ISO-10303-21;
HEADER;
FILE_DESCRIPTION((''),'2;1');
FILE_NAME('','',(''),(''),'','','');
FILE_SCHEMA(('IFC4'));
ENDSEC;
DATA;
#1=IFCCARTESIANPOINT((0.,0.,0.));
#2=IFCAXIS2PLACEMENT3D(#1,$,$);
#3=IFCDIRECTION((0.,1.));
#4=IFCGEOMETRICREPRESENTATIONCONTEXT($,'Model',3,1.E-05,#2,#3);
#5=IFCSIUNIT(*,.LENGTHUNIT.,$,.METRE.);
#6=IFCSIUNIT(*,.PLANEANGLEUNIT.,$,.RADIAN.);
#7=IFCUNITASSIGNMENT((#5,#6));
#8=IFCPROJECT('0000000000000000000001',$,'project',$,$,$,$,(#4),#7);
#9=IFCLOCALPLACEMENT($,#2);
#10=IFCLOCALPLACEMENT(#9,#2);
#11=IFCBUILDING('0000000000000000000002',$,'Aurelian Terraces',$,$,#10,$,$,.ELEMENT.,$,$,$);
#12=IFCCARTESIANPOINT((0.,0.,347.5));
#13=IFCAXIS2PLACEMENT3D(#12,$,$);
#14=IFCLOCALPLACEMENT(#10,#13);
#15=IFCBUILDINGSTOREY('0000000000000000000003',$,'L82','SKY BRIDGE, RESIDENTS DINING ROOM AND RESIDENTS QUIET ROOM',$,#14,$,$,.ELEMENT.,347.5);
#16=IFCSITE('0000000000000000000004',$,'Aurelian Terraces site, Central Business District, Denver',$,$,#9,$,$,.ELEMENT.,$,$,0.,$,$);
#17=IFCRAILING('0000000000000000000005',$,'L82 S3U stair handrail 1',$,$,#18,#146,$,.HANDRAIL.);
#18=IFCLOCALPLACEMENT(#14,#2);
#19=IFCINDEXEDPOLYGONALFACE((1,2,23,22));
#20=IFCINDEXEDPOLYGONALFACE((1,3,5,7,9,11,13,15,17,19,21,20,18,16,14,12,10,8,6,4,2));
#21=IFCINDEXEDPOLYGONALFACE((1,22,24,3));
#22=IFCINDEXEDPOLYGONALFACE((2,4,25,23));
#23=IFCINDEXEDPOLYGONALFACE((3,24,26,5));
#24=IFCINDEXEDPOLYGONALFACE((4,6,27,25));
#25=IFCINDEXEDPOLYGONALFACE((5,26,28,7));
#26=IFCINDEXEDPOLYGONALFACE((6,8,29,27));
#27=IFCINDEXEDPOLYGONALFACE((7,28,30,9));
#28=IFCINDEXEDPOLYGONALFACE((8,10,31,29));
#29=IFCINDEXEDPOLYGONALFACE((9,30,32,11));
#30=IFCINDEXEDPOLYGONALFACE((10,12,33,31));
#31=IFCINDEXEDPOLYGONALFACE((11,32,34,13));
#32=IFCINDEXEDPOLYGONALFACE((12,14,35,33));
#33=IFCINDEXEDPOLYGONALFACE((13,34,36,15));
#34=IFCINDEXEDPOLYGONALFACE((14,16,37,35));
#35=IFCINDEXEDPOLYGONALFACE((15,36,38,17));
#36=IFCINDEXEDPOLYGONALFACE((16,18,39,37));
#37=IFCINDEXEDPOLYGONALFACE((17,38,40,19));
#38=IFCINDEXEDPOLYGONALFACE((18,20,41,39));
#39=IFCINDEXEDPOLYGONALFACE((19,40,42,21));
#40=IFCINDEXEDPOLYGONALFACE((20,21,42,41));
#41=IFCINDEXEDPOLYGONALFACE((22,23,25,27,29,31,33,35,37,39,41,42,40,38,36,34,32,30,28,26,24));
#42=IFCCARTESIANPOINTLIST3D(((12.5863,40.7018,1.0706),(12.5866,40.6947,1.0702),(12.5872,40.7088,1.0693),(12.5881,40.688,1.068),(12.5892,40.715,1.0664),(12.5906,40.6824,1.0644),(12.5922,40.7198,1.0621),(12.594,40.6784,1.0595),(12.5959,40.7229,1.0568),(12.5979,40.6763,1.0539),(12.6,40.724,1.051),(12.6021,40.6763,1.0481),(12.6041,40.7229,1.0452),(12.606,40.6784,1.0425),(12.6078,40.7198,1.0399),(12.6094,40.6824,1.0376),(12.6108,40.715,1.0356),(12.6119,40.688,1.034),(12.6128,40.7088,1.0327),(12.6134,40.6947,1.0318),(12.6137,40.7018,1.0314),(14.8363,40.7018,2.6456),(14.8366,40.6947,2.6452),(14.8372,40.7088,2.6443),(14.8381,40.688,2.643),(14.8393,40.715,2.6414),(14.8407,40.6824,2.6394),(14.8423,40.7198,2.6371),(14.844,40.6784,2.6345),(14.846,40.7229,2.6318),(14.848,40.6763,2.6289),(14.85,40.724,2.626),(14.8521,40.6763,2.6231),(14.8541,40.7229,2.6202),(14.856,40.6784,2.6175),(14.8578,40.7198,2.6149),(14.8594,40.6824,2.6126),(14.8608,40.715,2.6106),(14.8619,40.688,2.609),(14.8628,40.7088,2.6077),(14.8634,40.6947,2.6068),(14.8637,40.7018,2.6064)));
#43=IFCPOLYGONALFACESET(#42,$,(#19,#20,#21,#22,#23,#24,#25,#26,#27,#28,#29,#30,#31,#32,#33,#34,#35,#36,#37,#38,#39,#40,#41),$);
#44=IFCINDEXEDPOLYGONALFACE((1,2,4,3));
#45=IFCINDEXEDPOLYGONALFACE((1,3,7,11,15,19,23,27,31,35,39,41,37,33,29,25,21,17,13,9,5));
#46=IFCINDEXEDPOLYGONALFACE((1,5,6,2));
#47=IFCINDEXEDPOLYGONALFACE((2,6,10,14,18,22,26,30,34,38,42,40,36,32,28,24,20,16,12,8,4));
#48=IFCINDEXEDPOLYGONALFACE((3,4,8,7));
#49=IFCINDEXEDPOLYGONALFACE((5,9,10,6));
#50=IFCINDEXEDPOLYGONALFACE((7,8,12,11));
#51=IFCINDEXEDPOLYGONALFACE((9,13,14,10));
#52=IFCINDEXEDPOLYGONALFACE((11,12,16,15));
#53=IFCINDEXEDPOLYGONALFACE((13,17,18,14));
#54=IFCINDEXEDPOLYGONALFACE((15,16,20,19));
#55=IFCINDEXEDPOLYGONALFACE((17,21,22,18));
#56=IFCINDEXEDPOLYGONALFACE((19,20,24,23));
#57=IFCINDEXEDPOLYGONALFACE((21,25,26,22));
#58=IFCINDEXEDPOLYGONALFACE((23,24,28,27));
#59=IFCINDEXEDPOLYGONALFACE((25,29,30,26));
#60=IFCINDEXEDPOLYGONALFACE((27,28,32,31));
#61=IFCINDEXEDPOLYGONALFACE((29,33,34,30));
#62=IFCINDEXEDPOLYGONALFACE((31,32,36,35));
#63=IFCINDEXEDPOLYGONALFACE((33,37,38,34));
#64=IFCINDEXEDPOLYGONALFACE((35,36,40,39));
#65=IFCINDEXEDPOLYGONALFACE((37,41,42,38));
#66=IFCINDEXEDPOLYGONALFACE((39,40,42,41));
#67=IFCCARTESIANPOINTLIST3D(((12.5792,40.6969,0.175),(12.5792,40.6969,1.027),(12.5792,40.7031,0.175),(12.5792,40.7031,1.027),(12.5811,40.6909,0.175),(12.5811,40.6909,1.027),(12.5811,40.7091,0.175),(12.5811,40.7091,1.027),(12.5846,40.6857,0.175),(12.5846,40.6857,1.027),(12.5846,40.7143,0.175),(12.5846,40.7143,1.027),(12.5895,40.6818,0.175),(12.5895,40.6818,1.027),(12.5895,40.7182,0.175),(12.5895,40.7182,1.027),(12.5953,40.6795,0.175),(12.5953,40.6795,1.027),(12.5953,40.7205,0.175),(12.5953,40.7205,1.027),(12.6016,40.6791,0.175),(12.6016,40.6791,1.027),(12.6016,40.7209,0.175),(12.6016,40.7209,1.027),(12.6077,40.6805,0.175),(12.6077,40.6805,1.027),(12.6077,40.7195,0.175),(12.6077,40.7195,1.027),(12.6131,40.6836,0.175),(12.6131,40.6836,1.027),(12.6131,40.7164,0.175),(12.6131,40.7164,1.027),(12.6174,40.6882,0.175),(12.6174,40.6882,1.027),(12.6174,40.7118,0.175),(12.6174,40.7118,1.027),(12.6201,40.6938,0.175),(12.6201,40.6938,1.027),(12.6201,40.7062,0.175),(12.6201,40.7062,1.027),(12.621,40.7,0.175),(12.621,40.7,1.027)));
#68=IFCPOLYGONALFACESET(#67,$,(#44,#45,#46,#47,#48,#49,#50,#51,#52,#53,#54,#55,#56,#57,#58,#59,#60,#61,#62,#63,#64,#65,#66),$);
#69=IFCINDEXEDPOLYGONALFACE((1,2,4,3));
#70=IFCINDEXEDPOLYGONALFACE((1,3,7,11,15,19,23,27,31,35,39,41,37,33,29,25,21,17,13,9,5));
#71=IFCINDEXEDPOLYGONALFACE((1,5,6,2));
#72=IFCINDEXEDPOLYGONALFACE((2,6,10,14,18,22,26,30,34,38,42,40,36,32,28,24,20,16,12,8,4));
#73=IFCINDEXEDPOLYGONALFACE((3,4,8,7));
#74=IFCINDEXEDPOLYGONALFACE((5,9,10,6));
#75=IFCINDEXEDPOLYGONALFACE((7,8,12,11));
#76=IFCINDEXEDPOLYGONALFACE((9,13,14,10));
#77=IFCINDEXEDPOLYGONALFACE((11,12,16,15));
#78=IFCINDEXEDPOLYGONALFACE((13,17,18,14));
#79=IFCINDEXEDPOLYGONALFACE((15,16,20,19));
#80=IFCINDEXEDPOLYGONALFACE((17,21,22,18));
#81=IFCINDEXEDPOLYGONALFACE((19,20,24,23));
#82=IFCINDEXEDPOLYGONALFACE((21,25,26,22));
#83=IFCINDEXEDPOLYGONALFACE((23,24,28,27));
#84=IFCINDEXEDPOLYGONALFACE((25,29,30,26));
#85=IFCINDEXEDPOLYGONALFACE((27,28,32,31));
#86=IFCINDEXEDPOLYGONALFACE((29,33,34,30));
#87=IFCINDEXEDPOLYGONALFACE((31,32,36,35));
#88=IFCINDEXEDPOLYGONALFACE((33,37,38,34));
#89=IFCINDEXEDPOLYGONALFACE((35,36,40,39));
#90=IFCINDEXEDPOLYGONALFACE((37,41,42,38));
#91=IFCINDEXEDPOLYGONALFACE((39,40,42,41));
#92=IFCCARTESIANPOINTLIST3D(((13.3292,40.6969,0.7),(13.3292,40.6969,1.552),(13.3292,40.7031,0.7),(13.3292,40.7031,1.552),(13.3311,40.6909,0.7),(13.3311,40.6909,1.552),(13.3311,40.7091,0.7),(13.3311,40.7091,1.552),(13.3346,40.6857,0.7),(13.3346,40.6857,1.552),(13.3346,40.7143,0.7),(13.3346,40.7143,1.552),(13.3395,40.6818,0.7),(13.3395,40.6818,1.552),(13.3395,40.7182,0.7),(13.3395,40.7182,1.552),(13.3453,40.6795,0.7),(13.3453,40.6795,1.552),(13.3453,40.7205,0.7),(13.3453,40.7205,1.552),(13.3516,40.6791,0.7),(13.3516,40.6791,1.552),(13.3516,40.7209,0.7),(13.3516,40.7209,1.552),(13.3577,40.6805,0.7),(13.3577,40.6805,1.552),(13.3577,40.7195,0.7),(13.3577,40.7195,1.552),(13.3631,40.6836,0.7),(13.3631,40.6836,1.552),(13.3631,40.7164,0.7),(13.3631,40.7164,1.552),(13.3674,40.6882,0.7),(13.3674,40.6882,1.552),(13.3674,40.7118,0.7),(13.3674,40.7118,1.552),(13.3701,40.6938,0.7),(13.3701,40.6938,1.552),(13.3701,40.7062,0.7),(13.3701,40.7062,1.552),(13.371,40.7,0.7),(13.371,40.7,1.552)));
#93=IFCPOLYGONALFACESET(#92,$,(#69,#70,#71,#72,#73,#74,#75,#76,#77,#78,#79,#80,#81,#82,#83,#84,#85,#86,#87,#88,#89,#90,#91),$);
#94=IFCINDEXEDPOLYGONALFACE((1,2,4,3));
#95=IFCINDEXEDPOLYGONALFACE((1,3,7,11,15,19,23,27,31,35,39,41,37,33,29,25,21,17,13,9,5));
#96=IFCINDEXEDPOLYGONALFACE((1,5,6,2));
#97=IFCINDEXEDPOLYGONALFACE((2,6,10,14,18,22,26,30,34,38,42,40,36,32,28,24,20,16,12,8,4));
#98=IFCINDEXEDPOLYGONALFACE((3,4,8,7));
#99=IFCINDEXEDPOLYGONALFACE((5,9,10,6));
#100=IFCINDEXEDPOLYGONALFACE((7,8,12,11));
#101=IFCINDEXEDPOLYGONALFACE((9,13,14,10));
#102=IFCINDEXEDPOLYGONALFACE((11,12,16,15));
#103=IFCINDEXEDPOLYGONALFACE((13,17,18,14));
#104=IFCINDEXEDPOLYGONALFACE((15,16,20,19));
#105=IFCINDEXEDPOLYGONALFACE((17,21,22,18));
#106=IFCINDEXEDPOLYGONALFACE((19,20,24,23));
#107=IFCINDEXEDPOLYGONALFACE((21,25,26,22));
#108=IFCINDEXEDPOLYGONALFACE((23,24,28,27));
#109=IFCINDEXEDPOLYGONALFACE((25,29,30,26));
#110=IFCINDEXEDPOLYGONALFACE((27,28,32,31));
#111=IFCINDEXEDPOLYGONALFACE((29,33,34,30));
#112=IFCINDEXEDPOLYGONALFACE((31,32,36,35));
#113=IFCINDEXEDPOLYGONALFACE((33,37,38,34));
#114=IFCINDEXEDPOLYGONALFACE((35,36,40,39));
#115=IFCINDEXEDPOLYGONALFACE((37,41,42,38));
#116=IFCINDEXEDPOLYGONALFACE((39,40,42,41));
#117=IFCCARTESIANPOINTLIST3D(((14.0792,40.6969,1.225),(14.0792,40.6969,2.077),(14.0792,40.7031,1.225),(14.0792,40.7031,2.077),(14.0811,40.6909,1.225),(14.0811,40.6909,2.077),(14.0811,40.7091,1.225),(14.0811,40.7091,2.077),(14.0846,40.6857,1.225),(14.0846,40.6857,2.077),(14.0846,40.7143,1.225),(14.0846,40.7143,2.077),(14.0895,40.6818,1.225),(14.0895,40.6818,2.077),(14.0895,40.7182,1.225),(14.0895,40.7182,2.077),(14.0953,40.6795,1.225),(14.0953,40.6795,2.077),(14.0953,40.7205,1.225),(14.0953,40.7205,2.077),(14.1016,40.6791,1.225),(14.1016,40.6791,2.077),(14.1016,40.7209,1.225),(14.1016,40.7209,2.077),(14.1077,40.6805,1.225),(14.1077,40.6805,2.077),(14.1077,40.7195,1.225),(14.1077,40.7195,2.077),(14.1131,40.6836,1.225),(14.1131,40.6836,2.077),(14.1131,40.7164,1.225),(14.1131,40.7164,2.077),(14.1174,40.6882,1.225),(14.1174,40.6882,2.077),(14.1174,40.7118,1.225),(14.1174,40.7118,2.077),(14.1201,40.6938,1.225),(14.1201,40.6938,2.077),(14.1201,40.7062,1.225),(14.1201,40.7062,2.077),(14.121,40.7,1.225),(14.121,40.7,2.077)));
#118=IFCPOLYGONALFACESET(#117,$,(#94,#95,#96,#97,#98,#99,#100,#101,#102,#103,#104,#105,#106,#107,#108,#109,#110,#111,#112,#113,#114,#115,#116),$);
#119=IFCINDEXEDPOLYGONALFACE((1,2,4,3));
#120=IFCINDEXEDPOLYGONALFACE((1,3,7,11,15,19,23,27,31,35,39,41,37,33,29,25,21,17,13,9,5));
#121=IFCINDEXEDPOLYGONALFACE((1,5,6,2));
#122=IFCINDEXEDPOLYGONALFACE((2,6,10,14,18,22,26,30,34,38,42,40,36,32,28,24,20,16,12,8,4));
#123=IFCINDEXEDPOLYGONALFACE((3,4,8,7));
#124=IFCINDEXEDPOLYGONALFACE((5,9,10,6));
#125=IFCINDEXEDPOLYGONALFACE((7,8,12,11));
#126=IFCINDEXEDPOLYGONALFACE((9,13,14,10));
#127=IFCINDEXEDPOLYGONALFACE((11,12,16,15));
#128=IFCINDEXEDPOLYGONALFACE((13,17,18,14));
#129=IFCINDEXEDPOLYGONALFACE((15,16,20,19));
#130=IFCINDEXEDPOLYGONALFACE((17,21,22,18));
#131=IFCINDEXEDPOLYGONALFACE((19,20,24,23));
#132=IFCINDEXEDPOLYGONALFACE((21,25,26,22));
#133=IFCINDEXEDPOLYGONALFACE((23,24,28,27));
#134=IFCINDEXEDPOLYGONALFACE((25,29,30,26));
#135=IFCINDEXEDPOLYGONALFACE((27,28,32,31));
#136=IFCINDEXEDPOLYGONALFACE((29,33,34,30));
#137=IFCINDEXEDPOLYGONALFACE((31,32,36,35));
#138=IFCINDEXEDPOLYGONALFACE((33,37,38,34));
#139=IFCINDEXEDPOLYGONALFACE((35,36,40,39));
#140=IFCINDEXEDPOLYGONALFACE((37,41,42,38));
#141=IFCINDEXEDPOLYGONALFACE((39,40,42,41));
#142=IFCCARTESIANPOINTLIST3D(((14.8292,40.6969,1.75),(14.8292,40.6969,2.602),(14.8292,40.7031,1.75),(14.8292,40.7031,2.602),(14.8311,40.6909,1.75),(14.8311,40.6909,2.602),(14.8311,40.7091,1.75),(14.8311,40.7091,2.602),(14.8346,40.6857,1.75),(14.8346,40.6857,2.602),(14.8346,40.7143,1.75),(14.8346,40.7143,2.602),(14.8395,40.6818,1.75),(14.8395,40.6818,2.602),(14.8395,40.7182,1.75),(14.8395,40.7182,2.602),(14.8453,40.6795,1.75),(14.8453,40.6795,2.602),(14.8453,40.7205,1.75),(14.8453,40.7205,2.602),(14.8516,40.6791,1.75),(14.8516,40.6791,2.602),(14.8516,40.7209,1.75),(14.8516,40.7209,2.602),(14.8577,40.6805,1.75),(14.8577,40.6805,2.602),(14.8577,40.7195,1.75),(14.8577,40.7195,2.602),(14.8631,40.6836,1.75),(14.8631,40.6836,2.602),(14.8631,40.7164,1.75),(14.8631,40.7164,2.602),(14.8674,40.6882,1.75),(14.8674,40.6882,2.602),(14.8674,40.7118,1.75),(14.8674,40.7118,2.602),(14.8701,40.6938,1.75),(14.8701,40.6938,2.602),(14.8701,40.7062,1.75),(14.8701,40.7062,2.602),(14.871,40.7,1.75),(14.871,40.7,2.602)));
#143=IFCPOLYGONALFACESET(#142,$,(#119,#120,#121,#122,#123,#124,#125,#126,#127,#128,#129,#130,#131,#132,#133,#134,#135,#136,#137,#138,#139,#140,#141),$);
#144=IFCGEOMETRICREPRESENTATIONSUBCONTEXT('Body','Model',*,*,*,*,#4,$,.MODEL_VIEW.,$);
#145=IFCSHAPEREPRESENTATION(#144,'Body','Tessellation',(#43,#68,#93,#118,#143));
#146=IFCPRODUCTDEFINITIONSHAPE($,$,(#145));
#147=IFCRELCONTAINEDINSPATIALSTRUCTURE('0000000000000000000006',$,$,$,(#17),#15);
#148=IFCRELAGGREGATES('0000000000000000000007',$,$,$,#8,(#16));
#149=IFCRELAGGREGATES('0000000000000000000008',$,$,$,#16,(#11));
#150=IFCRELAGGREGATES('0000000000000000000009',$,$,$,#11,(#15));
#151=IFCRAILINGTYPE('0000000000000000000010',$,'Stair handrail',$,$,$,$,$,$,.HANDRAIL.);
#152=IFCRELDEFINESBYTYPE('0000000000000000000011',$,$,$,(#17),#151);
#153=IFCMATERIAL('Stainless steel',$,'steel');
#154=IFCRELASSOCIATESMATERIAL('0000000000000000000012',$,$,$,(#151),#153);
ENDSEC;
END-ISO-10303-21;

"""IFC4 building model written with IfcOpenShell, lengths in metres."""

from ifc_helpers import new_model, si_unit, direction, frame, origin, origin_2d, place, context, subcontext, project, spatial, circle, extrude, source, transform, mapped, material, type_object, element, save


model = new_model("IFC4")

# Units and contexts
model_context = context("Model", 3, precision=1e-05, world=origin(), true_north=direction((0.0, 1.0)))
body_context = subcontext(model_context, "Body", "Model", "MODEL_VIEW")
ifc_project = project(units=[si_unit("LENGTHUNIT", "METRE"), si_unit("PLANEANGLEUNIT", "RADIAN")], contexts=[model_context])

# Site, building, storey
site_placement = place(None, origin())
site = spatial("IfcSite", under=ifc_project, at=site_placement, Name="Aurelian Terraces site, Central Business District, Denver", CompositionType="ELEMENT", RefElevation=0.0)
building_placement = place(site_placement, origin())
building = spatial("IfcBuilding", under=site, at=building_placement, Name="Aurelian Terraces", CompositionType="ELEMENT")
storey_placement = place(building_placement, frame((0.0, 0.0, 347.5)))
storey = spatial("IfcBuildingStorey", under=building, at=storey_placement, Name="L82", Description="SKY BRIDGE, RESIDENTS DINING ROOM AND RESIDENTS QUIET ROOM", CompositionType="ELEMENT", Elevation=347.5)

# Railing
ifc_material_1 = material(Name="Stainless steel", Category="steel")
railing_type_1 = type_object("IfcRailingType", Name="Stair handrail", PredefinedType="HANDRAIL", material=ifc_material_1)
shared_shape_1 = source(origin(), body_context, "Body", "SweptSolid", [
    extrude(circle(Radius=0.024, at=origin_2d()), frame((0.0, 0.0, 0.876), z_axis=(0.819232, 0.0, 0.573462), x_axis=(0.0, 1.0, 0.0)), (0.0, 0.0, 1.0), 2.7465),
    extrude(circle(Radius=0.021, at=origin_2d()), origin(), (0.0, 0.0, 1.0), 0.852),
    extrude(circle(Radius=0.021, at=origin_2d()), frame((0.75, 0.0, 0.525)), (0.0, 0.0, 1.0), 0.852),
    extrude(circle(Radius=0.021, at=origin_2d()), frame((1.5, 0.0, 1.05)), (0.0, 0.0, 1.0), 0.852),
    extrude(circle(Radius=0.021, at=origin_2d()), frame((2.25, 0.0, 1.575)), (0.0, 0.0, 1.0), 0.852),
])
railing_1_placement = place(storey_placement, frame((12.6, 40.7, 0.175)))
element("IfcRailing", 1, at=railing_1_placement, inside=storey, type_object=railing_type_1, Name="L82 S3U stair handrail 1", PredefinedType="HANDRAIL", context=body_context, shape_type="MappedRepresentation", body=[
    mapped(shared_shape_1, transform((0.0, 0.0, 0.0), scale=1.0)),
])

save(model, "model.ifc")
